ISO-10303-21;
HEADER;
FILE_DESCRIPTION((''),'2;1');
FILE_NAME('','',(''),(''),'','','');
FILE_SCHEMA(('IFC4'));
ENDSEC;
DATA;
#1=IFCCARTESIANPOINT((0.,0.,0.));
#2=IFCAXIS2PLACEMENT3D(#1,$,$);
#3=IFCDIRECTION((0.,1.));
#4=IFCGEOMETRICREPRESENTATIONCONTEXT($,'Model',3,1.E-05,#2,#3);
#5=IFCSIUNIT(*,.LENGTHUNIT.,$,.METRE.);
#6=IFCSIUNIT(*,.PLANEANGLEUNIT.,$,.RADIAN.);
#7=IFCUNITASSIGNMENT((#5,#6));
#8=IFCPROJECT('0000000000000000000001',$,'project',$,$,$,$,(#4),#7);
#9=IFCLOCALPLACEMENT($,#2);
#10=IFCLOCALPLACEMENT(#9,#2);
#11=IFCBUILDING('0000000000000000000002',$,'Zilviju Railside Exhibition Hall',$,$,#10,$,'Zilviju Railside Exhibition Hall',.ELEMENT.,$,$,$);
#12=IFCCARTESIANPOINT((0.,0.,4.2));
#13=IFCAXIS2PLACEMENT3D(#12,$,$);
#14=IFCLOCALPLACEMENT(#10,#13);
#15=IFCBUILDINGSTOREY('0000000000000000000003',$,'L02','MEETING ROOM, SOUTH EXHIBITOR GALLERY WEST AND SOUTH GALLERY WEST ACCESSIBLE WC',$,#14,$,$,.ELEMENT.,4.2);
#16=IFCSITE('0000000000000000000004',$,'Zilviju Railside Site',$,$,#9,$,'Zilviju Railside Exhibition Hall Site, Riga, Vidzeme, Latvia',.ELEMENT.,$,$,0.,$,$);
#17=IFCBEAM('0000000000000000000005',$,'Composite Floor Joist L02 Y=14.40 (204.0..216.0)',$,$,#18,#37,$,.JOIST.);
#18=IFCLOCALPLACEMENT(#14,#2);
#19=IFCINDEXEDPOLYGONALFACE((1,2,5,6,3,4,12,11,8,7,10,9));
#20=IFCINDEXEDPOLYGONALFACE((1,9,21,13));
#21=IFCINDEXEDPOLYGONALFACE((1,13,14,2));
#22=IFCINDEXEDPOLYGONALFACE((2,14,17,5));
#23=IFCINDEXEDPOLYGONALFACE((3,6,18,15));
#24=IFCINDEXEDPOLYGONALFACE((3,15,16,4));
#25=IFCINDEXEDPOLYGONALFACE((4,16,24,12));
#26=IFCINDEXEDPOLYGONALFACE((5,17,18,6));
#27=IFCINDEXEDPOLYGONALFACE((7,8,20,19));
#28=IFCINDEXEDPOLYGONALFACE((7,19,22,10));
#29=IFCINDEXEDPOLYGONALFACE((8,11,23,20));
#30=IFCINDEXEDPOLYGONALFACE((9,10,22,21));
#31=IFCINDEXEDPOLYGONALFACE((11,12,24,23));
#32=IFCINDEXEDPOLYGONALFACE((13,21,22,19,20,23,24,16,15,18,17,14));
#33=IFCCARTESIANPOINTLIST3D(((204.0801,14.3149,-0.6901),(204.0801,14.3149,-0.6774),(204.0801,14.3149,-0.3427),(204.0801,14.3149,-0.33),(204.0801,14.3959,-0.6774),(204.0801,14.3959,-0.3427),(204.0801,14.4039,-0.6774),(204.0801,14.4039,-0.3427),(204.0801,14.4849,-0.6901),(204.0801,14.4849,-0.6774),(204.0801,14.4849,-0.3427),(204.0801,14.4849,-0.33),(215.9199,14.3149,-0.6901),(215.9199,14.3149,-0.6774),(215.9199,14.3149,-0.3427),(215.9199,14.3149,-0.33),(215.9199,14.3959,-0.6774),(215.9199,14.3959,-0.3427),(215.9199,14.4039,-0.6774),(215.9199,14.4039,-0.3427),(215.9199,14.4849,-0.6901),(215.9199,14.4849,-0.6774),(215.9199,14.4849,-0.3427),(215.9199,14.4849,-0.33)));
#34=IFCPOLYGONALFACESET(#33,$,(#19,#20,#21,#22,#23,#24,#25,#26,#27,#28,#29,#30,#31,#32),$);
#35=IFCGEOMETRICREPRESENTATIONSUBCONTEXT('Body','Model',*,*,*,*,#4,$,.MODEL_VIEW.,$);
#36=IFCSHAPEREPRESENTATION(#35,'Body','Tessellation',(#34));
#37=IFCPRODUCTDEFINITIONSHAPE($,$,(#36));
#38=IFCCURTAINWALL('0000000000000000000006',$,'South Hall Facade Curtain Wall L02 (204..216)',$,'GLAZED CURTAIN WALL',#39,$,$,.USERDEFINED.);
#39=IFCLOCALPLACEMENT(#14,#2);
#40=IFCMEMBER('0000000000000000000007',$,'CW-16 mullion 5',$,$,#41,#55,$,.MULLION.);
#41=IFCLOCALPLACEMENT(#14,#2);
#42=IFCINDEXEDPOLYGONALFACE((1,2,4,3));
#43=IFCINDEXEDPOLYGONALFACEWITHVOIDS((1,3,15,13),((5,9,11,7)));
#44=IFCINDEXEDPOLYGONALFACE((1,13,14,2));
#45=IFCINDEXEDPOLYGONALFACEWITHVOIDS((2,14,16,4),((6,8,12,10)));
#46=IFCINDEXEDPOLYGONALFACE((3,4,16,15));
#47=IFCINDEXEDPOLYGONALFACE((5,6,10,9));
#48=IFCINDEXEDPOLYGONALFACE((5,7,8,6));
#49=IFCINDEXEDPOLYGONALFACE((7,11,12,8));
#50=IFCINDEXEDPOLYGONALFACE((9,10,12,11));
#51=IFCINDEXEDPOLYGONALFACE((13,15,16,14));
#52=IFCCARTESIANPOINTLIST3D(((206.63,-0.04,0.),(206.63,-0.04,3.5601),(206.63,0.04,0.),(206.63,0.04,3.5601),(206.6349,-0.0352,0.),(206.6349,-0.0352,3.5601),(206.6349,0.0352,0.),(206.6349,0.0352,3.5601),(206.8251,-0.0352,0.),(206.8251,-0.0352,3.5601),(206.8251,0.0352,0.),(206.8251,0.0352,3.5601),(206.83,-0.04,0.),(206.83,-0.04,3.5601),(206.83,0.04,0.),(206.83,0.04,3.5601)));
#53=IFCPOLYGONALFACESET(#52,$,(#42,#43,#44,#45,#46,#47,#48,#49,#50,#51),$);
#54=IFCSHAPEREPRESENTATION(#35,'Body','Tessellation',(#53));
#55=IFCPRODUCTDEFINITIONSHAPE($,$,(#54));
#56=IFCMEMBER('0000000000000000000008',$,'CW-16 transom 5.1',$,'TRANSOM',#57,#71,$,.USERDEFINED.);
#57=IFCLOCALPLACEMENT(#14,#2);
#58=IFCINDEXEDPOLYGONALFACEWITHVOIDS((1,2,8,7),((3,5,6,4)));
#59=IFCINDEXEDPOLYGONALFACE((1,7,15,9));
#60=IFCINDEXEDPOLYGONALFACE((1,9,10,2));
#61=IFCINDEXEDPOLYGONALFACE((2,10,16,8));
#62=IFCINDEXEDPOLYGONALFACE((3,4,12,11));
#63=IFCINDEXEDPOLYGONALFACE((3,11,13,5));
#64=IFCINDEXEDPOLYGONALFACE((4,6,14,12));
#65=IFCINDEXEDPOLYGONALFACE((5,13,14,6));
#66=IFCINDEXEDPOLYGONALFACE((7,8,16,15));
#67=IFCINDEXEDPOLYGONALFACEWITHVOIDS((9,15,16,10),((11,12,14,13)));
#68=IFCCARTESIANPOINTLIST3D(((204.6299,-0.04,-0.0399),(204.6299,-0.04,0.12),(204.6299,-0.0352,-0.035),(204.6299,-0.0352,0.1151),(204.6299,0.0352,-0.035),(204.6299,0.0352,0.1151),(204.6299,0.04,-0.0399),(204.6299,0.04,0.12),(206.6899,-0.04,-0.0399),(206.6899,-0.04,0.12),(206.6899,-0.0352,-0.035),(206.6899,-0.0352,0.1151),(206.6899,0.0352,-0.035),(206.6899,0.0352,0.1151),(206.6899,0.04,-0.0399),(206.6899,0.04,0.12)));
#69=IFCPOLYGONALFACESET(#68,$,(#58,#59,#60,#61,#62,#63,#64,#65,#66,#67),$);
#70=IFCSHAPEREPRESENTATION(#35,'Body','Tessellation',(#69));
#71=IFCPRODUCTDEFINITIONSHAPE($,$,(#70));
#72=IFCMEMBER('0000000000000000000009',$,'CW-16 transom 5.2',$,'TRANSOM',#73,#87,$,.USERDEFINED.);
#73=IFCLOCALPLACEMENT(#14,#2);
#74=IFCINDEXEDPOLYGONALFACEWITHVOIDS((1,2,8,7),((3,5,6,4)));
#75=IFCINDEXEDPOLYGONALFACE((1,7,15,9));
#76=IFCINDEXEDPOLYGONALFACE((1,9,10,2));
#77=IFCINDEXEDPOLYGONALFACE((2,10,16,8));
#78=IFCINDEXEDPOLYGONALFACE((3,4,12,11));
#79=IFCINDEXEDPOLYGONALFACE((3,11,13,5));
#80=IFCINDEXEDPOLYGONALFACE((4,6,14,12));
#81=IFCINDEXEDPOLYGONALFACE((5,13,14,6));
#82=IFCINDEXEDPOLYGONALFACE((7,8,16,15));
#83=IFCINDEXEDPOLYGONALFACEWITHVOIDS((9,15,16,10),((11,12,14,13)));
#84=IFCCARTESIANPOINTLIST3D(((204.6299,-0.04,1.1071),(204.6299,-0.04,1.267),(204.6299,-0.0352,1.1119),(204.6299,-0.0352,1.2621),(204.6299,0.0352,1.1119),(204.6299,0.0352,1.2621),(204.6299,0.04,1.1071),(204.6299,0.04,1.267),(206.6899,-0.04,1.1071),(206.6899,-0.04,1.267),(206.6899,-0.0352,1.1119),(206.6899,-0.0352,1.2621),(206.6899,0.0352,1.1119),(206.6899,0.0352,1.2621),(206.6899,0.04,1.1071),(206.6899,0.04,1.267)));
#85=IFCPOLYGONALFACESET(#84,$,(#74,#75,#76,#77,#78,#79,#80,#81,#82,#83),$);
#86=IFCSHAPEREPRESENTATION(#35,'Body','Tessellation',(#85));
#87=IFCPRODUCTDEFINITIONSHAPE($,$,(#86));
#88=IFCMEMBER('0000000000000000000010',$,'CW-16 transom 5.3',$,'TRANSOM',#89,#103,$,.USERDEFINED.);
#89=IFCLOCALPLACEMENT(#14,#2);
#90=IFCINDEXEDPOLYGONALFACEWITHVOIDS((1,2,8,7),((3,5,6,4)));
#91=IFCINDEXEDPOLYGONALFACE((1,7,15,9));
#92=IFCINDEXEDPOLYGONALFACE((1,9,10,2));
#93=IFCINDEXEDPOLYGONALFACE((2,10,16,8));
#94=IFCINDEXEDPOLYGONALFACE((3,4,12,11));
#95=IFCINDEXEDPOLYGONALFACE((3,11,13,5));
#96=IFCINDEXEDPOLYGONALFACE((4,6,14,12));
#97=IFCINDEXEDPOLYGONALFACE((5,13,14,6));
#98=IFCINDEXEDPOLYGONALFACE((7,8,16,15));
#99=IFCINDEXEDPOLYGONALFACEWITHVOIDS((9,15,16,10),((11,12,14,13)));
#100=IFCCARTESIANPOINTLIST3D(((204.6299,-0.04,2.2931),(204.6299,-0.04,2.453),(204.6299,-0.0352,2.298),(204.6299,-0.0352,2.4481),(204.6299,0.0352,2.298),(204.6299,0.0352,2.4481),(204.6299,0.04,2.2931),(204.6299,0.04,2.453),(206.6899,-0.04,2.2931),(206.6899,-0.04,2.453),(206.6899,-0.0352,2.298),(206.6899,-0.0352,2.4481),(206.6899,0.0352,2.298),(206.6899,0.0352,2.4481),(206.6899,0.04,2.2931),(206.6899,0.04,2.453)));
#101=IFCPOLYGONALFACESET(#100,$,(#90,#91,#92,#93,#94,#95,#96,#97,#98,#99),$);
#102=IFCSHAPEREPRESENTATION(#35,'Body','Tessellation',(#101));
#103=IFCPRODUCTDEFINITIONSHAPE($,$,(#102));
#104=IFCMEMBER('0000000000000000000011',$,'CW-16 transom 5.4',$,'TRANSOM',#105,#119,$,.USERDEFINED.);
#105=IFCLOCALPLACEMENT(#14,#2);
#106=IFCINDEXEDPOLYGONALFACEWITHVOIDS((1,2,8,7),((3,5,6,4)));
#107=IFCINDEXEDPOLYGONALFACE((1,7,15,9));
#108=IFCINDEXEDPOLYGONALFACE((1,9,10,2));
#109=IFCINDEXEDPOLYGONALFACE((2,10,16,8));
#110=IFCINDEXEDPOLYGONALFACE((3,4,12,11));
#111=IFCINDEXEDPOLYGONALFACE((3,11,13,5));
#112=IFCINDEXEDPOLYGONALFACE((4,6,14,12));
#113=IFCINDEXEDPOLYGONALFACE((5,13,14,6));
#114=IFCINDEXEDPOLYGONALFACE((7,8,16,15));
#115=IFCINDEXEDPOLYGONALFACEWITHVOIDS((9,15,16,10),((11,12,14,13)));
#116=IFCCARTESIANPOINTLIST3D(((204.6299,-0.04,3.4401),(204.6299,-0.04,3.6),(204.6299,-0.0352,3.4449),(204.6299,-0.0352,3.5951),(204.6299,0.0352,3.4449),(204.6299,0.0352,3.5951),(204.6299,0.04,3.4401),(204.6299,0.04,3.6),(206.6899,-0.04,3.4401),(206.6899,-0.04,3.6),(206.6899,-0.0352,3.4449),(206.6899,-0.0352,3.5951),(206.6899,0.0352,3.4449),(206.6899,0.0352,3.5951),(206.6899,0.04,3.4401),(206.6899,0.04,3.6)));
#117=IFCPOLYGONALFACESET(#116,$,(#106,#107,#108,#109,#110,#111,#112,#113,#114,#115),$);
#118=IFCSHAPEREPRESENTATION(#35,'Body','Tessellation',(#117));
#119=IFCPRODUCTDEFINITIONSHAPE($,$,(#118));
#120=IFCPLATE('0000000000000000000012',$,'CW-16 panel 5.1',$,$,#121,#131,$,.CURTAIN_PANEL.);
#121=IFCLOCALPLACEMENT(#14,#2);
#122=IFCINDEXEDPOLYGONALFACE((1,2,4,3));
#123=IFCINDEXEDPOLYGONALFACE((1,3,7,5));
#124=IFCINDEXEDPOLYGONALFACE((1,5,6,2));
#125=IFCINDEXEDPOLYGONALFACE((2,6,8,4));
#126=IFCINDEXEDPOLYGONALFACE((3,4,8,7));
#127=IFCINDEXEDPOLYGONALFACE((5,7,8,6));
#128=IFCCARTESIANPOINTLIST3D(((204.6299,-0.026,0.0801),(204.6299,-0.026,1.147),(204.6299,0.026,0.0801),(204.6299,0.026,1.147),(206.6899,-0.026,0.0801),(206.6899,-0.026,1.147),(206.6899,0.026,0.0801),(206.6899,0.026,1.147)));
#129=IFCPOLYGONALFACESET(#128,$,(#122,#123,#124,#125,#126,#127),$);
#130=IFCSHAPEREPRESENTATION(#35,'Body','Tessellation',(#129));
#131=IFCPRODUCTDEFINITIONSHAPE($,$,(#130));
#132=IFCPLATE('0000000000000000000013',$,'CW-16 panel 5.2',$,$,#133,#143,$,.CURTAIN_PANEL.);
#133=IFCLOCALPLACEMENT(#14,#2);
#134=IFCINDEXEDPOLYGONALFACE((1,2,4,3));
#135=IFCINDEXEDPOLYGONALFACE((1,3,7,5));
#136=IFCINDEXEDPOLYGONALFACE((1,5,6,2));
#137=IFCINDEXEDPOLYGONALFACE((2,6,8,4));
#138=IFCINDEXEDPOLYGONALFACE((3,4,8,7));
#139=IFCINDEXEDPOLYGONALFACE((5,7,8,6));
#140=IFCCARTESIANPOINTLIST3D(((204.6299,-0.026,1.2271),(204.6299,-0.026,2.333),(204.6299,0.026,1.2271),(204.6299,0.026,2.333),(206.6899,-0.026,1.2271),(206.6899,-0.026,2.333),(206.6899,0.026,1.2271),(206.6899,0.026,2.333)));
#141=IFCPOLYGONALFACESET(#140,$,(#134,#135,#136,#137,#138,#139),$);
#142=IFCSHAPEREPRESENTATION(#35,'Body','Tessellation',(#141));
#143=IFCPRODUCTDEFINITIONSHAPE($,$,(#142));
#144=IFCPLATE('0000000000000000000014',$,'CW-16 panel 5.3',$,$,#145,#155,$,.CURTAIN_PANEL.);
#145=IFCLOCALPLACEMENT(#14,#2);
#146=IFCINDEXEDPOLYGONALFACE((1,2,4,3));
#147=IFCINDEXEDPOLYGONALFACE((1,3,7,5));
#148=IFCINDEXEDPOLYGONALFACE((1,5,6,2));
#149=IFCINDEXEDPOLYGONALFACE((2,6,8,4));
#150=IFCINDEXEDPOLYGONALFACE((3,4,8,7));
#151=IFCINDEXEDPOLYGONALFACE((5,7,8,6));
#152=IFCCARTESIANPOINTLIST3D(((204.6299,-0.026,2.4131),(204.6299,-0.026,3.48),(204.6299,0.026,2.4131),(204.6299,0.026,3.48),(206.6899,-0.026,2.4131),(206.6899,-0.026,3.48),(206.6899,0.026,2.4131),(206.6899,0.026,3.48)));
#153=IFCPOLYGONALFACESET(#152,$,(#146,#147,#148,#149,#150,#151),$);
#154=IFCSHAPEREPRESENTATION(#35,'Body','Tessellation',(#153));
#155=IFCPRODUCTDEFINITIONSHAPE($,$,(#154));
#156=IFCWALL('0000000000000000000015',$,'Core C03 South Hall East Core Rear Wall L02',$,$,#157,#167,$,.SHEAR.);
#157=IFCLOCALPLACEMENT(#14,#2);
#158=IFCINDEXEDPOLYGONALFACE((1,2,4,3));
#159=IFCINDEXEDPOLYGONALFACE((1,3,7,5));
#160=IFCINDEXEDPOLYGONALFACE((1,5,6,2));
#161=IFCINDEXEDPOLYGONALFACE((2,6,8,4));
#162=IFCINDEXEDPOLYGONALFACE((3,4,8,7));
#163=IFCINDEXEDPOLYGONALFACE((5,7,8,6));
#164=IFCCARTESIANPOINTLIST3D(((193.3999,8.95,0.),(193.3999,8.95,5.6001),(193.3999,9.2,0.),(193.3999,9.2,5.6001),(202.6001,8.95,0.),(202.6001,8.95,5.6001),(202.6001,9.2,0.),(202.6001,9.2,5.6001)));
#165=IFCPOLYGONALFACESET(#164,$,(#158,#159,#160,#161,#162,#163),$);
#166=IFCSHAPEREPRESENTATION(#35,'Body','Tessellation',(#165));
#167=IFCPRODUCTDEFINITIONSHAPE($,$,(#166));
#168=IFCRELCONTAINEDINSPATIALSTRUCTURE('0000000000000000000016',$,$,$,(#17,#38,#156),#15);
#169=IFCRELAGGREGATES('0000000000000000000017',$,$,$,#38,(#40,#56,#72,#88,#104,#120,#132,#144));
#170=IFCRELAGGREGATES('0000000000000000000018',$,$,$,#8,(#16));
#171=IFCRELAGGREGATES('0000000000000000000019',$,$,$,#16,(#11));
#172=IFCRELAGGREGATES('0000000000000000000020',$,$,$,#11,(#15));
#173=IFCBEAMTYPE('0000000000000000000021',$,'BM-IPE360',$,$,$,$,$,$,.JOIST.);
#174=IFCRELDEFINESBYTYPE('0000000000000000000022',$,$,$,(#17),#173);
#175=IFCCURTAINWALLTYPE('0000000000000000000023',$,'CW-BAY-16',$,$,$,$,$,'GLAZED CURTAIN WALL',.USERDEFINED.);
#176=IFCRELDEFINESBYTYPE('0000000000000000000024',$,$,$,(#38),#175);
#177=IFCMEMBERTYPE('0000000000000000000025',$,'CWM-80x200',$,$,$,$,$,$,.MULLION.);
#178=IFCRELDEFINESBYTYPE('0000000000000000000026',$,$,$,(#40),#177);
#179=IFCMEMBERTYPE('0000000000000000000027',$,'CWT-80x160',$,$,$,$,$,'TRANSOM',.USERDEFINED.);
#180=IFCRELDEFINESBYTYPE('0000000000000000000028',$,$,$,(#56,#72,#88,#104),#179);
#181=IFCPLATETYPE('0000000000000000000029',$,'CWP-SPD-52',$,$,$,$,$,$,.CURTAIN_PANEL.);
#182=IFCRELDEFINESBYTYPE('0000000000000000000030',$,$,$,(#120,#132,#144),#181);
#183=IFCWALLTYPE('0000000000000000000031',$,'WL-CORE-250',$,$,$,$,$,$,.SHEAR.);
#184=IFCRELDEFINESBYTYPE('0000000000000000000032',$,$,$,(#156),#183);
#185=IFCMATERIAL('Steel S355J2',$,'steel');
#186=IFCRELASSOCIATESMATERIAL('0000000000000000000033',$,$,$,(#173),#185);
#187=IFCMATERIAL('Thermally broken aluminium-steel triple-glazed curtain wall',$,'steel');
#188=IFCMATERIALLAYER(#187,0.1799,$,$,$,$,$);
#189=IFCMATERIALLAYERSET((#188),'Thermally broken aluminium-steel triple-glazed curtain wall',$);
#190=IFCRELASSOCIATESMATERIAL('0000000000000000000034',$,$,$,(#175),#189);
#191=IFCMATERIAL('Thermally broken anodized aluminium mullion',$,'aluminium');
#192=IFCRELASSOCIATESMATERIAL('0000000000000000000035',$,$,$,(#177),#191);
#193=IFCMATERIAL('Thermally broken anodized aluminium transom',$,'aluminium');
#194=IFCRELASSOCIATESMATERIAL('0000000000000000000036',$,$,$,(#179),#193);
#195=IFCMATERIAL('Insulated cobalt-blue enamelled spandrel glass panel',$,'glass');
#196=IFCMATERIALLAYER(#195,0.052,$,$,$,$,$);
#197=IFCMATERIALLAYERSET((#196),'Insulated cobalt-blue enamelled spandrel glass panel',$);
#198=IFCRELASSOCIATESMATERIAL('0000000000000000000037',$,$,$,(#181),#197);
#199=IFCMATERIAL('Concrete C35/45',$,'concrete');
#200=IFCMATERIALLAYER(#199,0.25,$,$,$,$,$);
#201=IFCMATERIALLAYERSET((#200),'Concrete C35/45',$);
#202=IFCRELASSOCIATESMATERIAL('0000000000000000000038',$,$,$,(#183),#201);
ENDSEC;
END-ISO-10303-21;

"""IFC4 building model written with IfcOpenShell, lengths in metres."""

from ifc_helpers import new_model, si_unit, direction, frame, frame_2d, origin, origin_2d, place, context, subcontext, project, spatial, rectangle, hollow_rectangle, i_section, extrude, material, layer, layer_set, material_profile, profile_set, type_object, element, aggregate, save


model = new_model("IFC4")

# Units and contexts
model_context = context("Model", 3, precision=1e-05, world=origin(), true_north=direction((0.0, 1.0)))
body_context = subcontext(model_context, "Body", "Model", "MODEL_VIEW")
ifc_project = project(units=[si_unit("LENGTHUNIT", "METRE"), si_unit("PLANEANGLEUNIT", "RADIAN")], contexts=[model_context])

# Site, building, storey
site_placement = place(None, origin())
site = spatial("IfcSite", under=ifc_project, at=site_placement, Name="Zilviju Railside Site", LongName="Zilviju Railside Exhibition Hall Site, Riga, Vidzeme, Latvia", CompositionType="ELEMENT", RefElevation=0.0)
building_placement = place(site_placement, origin())
building = spatial("IfcBuilding", under=site, at=building_placement, Name="Zilviju Railside Exhibition Hall", LongName="Zilviju Railside Exhibition Hall", CompositionType="ELEMENT")
storey_placement = place(building_placement, frame((0.0, 0.0, 4.2)))
storey = spatial("IfcBuildingStorey", under=building, at=storey_placement, Name="L02", Description="MEETING ROOM, SOUTH EXHIBITOR GALLERY WEST AND SOUTH GALLERY WEST ACCESSIBLE WC", CompositionType="ELEMENT", Elevation=4.2)

# Beam
ifc_material_1 = material(Name="Steel S355J2", Category="steel")
ifc_material_profile_1 = material_profile(ifc_material_1, i_section(OverallWidth=0.1699, OverallDepth=0.3601, WebThickness=0.0081, FlangeThickness=0.0127, at=origin_2d()), Name="IPE 360")
ifc_profile_set_1 = profile_set([ifc_material_profile_1], Name="Steel S355J2")
beam_type_1 = type_object("IfcBeamType", Name="BM-IPE360", PredefinedType="JOIST", material=ifc_profile_set_1)
for number, where, z_axis, x_axis, name in (
    (1, (204.0801, 14.3999, -0.51), (1.0, 0.0, 0.0), (0.0, 1.0, 0.0), "Composite Floor Joist L02 Y=14.40 (204.0..216.0)"),
):
    element("IfcBeam", number, at=place(storey_placement, frame(where, z_axis=z_axis, x_axis=x_axis)), inside=storey, type_object=beam_type_1, Name=name, PredefinedType="JOIST", context=body_context, shape_type="SweptSolid", body=[
        extrude(i_section(OverallWidth=0.1699, OverallDepth=0.3601, WebThickness=0.0081, FlangeThickness=0.0127, at=origin_2d()), origin(), (0.0, 0.0, 1.0), 11.8398),
    ])

# Curtain wall, members, plates
ifc_material_2 = material(Name="Thermally broken aluminium-steel triple-glazed curtain wall", Category="steel")
ifc_layer_1 = layer(ifc_material_2, 0.1799)
ifc_layer_set_1 = layer_set([ifc_layer_1], Name="Thermally broken aluminium-steel triple-glazed curtain wall")
curtain_wall_type = type_object("IfcCurtainWallType", Name="CW-BAY-16", ElementType="GLAZED CURTAIN WALL", PredefinedType="USERDEFINED", material=ifc_layer_set_1)
curtain_wall_placement = place(storey_placement, origin())
curtain_wall = element("IfcCurtainWall", 2, at=curtain_wall_placement, inside=storey, type_object=curtain_wall_type, Name="South Hall Facade Curtain Wall L02 (204..216)", ObjectType="GLAZED CURTAIN WALL", PredefinedType="USERDEFINED")
ifc_material_3 = material(Name="Thermally broken anodized aluminium mullion", Category="aluminium")
ifc_material_profile_2 = material_profile(ifc_material_3, hollow_rectangle(XDim=0.0801, YDim=0.2, WallThickness=0.0049, at=origin_2d()), Name="MULLION 200x80x5")
ifc_profile_set_2 = profile_set([ifc_material_profile_2], Name="Thermally broken anodized aluminium mullion")
member_type_1 = type_object("IfcMemberType", Name="CWM-80x200", PredefinedType="MULLION", material=ifc_profile_set_2)
member_1_placement = place(storey_placement, frame((206.73, 0.0, 0.0), z_axis=(0.0, 0.0, 1.0), x_axis=(0.0, -1.0, 0.0)))
member_1 = element("IfcMember", 3, at=member_1_placement, type_object=member_type_1, Name="CW-16 mullion 5", PredefinedType="MULLION", context=body_context, shape_type="SweptSolid", body=[
    extrude(hollow_rectangle(XDim=0.0801, YDim=0.2, WallThickness=0.0049, at=origin_2d()), origin(), (0.0, 0.0, 1.0), 3.5601),
])
ifc_material_4 = material(Name="Thermally broken anodized aluminium transom", Category="aluminium")
ifc_material_profile_3 = material_profile(ifc_material_4, hollow_rectangle(XDim=0.0801, YDim=0.1599, WallThickness=0.0049, at=origin_2d()), Name="TRANSOM 160x80x5")
ifc_profile_set_3 = profile_set([ifc_material_profile_3], Name="Thermally broken anodized aluminium transom")
member_type_2 = type_object("IfcMemberType", Name="CWT-80x160", ElementType="TRANSOM", PredefinedType="USERDEFINED", material=ifc_profile_set_3)
member_2_placement = place(storey_placement, frame((206.6899, 0.0, 0.04), z_axis=(-1.0, 0.0, 0.0), x_axis=(0.0, -1.0, 0.0)))
member_2 = element("IfcMember", 4, at=member_2_placement, type_object=member_type_2, Name="CW-16 transom 5.1", ObjectType="TRANSOM", PredefinedType="USERDEFINED", context=body_context, shape_type="SweptSolid", body=[
    extrude(hollow_rectangle(XDim=0.0801, YDim=0.1599, WallThickness=0.0049, at=origin_2d()), origin(), (0.0, 0.0, 1.0), 2.0601),
])
member_3_placement = place(storey_placement, frame((206.6899, 0.0, 1.187), z_axis=(-1.0, 0.0, 0.0), x_axis=(0.0, -1.0, 0.0)))
member_3 = element("IfcMember", 5, at=member_3_placement, type_object=member_type_2, Name="CW-16 transom 5.2", ObjectType="TRANSOM", PredefinedType="USERDEFINED", context=body_context, shape_type="SweptSolid", body=[
    extrude(hollow_rectangle(XDim=0.0801, YDim=0.1599, WallThickness=0.0049, at=origin_2d()), origin(), (0.0, 0.0, 1.0), 2.0601),
])
member_4_placement = place(storey_placement, frame((206.6899, 0.0, 2.373), z_axis=(-1.0, 0.0, 0.0), x_axis=(0.0, -1.0, 0.0)))
member_4 = element("IfcMember", 6, at=member_4_placement, type_object=member_type_2, Name="CW-16 transom 5.3", ObjectType="TRANSOM", PredefinedType="USERDEFINED", context=body_context, shape_type="SweptSolid", body=[
    extrude(hollow_rectangle(XDim=0.0801, YDim=0.1599, WallThickness=0.0049, at=origin_2d()), origin(), (0.0, 0.0, 1.0), 2.0601),
])
member_5_placement = place(storey_placement, frame((206.6899, 0.0, 3.52), z_axis=(-1.0, 0.0, 0.0), x_axis=(0.0, -1.0, 0.0)))
member_5 = element("IfcMember", 7, at=member_5_placement, type_object=member_type_2, Name="CW-16 transom 5.4", ObjectType="TRANSOM", PredefinedType="USERDEFINED", context=body_context, shape_type="SweptSolid", body=[
    extrude(hollow_rectangle(XDim=0.0801, YDim=0.1599, WallThickness=0.0049, at=origin_2d()), origin(), (0.0, 0.0, 1.0), 2.0601),
])
ifc_material_5 = material(Name="Insulated cobalt-blue enamelled spandrel glass panel", Category="glass")
ifc_layer_2 = layer(ifc_material_5, 0.052)
ifc_layer_set_2 = layer_set([ifc_layer_2], Name="Insulated cobalt-blue enamelled spandrel glass panel")
plate_type = type_object("IfcPlateType", Name="CWP-SPD-52", PredefinedType="CURTAIN_PANEL", material=ifc_layer_set_2)
plate_1_placement = place(storey_placement, frame((205.6599, 0.0, 0.0801), z_axis=(0.0, 0.0, 1.0), x_axis=(-1.0, 0.0, 0.0)))
plate_1 = element("IfcPlate", 8, at=plate_1_placement, type_object=plate_type, Name="CW-16 panel 5.1", PredefinedType="CURTAIN_PANEL", context=body_context, shape_type="SweptSolid", body=[
    extrude(rectangle(XDim=2.0601, YDim=0.052, at=origin_2d()), origin(), (0.0, 0.0, 1.0), 1.0669),
])
plate_2_placement = place(storey_placement, frame((205.6599, 0.0, 1.2271), z_axis=(0.0, 0.0, 1.0), x_axis=(-1.0, 0.0, 0.0)))
plate_2 = element("IfcPlate", 9, at=plate_2_placement, type_object=plate_type, Name="CW-16 panel 5.2", PredefinedType="CURTAIN_PANEL", context=body_context, shape_type="SweptSolid", body=[
    extrude(rectangle(XDim=2.0601, YDim=0.052, at=origin_2d()), origin(), (0.0, 0.0, 1.0), 1.106),
])
plate_3_placement = place(storey_placement, frame((205.6599, 0.0, 2.4131), z_axis=(0.0, 0.0, 1.0), x_axis=(-1.0, 0.0, 0.0)))
plate_3 = element("IfcPlate", 10, at=plate_3_placement, type_object=plate_type, Name="CW-16 panel 5.3", PredefinedType="CURTAIN_PANEL", context=body_context, shape_type="SweptSolid", body=[
    extrude(rectangle(XDim=2.0601, YDim=0.052, at=origin_2d()), origin(), (0.0, 0.0, 1.0), 1.0669),
])
aggregate(curtain_wall, [member_1, member_2, member_3, member_4, member_5, plate_1, plate_2, plate_3])

# Wall
ifc_material_6 = material(Name="Concrete C35/45", Category="concrete")
ifc_layer_3 = layer(ifc_material_6, 0.25)
ifc_layer_set_3 = layer_set([ifc_layer_3], Name="Concrete C35/45")
wall_type_1 = type_object("IfcWallType", Name="WL-CORE-250", PredefinedType="SHEAR", material=ifc_layer_set_3)
wall_1_placement = place(storey_placement, frame((193.3999, 9.075, 0.0), z_axis=(0.0, 0.0, 1.0), x_axis=(1.0, 0.0, 0.0)))
element("IfcWall", 11, at=wall_1_placement, inside=storey, type_object=wall_type_1, Name="Core C03 South Hall East Core Rear Wall L02", PredefinedType="SHEAR", context=body_context, shape_type="SweptSolid", body=[
    extrude(rectangle(XDim=9.2002, YDim=0.25, at=frame_2d((4.6001, 0.0))), origin(), (0.0, 0.0, 1.0), 5.6001),
])

save(model, "model.ifc")
